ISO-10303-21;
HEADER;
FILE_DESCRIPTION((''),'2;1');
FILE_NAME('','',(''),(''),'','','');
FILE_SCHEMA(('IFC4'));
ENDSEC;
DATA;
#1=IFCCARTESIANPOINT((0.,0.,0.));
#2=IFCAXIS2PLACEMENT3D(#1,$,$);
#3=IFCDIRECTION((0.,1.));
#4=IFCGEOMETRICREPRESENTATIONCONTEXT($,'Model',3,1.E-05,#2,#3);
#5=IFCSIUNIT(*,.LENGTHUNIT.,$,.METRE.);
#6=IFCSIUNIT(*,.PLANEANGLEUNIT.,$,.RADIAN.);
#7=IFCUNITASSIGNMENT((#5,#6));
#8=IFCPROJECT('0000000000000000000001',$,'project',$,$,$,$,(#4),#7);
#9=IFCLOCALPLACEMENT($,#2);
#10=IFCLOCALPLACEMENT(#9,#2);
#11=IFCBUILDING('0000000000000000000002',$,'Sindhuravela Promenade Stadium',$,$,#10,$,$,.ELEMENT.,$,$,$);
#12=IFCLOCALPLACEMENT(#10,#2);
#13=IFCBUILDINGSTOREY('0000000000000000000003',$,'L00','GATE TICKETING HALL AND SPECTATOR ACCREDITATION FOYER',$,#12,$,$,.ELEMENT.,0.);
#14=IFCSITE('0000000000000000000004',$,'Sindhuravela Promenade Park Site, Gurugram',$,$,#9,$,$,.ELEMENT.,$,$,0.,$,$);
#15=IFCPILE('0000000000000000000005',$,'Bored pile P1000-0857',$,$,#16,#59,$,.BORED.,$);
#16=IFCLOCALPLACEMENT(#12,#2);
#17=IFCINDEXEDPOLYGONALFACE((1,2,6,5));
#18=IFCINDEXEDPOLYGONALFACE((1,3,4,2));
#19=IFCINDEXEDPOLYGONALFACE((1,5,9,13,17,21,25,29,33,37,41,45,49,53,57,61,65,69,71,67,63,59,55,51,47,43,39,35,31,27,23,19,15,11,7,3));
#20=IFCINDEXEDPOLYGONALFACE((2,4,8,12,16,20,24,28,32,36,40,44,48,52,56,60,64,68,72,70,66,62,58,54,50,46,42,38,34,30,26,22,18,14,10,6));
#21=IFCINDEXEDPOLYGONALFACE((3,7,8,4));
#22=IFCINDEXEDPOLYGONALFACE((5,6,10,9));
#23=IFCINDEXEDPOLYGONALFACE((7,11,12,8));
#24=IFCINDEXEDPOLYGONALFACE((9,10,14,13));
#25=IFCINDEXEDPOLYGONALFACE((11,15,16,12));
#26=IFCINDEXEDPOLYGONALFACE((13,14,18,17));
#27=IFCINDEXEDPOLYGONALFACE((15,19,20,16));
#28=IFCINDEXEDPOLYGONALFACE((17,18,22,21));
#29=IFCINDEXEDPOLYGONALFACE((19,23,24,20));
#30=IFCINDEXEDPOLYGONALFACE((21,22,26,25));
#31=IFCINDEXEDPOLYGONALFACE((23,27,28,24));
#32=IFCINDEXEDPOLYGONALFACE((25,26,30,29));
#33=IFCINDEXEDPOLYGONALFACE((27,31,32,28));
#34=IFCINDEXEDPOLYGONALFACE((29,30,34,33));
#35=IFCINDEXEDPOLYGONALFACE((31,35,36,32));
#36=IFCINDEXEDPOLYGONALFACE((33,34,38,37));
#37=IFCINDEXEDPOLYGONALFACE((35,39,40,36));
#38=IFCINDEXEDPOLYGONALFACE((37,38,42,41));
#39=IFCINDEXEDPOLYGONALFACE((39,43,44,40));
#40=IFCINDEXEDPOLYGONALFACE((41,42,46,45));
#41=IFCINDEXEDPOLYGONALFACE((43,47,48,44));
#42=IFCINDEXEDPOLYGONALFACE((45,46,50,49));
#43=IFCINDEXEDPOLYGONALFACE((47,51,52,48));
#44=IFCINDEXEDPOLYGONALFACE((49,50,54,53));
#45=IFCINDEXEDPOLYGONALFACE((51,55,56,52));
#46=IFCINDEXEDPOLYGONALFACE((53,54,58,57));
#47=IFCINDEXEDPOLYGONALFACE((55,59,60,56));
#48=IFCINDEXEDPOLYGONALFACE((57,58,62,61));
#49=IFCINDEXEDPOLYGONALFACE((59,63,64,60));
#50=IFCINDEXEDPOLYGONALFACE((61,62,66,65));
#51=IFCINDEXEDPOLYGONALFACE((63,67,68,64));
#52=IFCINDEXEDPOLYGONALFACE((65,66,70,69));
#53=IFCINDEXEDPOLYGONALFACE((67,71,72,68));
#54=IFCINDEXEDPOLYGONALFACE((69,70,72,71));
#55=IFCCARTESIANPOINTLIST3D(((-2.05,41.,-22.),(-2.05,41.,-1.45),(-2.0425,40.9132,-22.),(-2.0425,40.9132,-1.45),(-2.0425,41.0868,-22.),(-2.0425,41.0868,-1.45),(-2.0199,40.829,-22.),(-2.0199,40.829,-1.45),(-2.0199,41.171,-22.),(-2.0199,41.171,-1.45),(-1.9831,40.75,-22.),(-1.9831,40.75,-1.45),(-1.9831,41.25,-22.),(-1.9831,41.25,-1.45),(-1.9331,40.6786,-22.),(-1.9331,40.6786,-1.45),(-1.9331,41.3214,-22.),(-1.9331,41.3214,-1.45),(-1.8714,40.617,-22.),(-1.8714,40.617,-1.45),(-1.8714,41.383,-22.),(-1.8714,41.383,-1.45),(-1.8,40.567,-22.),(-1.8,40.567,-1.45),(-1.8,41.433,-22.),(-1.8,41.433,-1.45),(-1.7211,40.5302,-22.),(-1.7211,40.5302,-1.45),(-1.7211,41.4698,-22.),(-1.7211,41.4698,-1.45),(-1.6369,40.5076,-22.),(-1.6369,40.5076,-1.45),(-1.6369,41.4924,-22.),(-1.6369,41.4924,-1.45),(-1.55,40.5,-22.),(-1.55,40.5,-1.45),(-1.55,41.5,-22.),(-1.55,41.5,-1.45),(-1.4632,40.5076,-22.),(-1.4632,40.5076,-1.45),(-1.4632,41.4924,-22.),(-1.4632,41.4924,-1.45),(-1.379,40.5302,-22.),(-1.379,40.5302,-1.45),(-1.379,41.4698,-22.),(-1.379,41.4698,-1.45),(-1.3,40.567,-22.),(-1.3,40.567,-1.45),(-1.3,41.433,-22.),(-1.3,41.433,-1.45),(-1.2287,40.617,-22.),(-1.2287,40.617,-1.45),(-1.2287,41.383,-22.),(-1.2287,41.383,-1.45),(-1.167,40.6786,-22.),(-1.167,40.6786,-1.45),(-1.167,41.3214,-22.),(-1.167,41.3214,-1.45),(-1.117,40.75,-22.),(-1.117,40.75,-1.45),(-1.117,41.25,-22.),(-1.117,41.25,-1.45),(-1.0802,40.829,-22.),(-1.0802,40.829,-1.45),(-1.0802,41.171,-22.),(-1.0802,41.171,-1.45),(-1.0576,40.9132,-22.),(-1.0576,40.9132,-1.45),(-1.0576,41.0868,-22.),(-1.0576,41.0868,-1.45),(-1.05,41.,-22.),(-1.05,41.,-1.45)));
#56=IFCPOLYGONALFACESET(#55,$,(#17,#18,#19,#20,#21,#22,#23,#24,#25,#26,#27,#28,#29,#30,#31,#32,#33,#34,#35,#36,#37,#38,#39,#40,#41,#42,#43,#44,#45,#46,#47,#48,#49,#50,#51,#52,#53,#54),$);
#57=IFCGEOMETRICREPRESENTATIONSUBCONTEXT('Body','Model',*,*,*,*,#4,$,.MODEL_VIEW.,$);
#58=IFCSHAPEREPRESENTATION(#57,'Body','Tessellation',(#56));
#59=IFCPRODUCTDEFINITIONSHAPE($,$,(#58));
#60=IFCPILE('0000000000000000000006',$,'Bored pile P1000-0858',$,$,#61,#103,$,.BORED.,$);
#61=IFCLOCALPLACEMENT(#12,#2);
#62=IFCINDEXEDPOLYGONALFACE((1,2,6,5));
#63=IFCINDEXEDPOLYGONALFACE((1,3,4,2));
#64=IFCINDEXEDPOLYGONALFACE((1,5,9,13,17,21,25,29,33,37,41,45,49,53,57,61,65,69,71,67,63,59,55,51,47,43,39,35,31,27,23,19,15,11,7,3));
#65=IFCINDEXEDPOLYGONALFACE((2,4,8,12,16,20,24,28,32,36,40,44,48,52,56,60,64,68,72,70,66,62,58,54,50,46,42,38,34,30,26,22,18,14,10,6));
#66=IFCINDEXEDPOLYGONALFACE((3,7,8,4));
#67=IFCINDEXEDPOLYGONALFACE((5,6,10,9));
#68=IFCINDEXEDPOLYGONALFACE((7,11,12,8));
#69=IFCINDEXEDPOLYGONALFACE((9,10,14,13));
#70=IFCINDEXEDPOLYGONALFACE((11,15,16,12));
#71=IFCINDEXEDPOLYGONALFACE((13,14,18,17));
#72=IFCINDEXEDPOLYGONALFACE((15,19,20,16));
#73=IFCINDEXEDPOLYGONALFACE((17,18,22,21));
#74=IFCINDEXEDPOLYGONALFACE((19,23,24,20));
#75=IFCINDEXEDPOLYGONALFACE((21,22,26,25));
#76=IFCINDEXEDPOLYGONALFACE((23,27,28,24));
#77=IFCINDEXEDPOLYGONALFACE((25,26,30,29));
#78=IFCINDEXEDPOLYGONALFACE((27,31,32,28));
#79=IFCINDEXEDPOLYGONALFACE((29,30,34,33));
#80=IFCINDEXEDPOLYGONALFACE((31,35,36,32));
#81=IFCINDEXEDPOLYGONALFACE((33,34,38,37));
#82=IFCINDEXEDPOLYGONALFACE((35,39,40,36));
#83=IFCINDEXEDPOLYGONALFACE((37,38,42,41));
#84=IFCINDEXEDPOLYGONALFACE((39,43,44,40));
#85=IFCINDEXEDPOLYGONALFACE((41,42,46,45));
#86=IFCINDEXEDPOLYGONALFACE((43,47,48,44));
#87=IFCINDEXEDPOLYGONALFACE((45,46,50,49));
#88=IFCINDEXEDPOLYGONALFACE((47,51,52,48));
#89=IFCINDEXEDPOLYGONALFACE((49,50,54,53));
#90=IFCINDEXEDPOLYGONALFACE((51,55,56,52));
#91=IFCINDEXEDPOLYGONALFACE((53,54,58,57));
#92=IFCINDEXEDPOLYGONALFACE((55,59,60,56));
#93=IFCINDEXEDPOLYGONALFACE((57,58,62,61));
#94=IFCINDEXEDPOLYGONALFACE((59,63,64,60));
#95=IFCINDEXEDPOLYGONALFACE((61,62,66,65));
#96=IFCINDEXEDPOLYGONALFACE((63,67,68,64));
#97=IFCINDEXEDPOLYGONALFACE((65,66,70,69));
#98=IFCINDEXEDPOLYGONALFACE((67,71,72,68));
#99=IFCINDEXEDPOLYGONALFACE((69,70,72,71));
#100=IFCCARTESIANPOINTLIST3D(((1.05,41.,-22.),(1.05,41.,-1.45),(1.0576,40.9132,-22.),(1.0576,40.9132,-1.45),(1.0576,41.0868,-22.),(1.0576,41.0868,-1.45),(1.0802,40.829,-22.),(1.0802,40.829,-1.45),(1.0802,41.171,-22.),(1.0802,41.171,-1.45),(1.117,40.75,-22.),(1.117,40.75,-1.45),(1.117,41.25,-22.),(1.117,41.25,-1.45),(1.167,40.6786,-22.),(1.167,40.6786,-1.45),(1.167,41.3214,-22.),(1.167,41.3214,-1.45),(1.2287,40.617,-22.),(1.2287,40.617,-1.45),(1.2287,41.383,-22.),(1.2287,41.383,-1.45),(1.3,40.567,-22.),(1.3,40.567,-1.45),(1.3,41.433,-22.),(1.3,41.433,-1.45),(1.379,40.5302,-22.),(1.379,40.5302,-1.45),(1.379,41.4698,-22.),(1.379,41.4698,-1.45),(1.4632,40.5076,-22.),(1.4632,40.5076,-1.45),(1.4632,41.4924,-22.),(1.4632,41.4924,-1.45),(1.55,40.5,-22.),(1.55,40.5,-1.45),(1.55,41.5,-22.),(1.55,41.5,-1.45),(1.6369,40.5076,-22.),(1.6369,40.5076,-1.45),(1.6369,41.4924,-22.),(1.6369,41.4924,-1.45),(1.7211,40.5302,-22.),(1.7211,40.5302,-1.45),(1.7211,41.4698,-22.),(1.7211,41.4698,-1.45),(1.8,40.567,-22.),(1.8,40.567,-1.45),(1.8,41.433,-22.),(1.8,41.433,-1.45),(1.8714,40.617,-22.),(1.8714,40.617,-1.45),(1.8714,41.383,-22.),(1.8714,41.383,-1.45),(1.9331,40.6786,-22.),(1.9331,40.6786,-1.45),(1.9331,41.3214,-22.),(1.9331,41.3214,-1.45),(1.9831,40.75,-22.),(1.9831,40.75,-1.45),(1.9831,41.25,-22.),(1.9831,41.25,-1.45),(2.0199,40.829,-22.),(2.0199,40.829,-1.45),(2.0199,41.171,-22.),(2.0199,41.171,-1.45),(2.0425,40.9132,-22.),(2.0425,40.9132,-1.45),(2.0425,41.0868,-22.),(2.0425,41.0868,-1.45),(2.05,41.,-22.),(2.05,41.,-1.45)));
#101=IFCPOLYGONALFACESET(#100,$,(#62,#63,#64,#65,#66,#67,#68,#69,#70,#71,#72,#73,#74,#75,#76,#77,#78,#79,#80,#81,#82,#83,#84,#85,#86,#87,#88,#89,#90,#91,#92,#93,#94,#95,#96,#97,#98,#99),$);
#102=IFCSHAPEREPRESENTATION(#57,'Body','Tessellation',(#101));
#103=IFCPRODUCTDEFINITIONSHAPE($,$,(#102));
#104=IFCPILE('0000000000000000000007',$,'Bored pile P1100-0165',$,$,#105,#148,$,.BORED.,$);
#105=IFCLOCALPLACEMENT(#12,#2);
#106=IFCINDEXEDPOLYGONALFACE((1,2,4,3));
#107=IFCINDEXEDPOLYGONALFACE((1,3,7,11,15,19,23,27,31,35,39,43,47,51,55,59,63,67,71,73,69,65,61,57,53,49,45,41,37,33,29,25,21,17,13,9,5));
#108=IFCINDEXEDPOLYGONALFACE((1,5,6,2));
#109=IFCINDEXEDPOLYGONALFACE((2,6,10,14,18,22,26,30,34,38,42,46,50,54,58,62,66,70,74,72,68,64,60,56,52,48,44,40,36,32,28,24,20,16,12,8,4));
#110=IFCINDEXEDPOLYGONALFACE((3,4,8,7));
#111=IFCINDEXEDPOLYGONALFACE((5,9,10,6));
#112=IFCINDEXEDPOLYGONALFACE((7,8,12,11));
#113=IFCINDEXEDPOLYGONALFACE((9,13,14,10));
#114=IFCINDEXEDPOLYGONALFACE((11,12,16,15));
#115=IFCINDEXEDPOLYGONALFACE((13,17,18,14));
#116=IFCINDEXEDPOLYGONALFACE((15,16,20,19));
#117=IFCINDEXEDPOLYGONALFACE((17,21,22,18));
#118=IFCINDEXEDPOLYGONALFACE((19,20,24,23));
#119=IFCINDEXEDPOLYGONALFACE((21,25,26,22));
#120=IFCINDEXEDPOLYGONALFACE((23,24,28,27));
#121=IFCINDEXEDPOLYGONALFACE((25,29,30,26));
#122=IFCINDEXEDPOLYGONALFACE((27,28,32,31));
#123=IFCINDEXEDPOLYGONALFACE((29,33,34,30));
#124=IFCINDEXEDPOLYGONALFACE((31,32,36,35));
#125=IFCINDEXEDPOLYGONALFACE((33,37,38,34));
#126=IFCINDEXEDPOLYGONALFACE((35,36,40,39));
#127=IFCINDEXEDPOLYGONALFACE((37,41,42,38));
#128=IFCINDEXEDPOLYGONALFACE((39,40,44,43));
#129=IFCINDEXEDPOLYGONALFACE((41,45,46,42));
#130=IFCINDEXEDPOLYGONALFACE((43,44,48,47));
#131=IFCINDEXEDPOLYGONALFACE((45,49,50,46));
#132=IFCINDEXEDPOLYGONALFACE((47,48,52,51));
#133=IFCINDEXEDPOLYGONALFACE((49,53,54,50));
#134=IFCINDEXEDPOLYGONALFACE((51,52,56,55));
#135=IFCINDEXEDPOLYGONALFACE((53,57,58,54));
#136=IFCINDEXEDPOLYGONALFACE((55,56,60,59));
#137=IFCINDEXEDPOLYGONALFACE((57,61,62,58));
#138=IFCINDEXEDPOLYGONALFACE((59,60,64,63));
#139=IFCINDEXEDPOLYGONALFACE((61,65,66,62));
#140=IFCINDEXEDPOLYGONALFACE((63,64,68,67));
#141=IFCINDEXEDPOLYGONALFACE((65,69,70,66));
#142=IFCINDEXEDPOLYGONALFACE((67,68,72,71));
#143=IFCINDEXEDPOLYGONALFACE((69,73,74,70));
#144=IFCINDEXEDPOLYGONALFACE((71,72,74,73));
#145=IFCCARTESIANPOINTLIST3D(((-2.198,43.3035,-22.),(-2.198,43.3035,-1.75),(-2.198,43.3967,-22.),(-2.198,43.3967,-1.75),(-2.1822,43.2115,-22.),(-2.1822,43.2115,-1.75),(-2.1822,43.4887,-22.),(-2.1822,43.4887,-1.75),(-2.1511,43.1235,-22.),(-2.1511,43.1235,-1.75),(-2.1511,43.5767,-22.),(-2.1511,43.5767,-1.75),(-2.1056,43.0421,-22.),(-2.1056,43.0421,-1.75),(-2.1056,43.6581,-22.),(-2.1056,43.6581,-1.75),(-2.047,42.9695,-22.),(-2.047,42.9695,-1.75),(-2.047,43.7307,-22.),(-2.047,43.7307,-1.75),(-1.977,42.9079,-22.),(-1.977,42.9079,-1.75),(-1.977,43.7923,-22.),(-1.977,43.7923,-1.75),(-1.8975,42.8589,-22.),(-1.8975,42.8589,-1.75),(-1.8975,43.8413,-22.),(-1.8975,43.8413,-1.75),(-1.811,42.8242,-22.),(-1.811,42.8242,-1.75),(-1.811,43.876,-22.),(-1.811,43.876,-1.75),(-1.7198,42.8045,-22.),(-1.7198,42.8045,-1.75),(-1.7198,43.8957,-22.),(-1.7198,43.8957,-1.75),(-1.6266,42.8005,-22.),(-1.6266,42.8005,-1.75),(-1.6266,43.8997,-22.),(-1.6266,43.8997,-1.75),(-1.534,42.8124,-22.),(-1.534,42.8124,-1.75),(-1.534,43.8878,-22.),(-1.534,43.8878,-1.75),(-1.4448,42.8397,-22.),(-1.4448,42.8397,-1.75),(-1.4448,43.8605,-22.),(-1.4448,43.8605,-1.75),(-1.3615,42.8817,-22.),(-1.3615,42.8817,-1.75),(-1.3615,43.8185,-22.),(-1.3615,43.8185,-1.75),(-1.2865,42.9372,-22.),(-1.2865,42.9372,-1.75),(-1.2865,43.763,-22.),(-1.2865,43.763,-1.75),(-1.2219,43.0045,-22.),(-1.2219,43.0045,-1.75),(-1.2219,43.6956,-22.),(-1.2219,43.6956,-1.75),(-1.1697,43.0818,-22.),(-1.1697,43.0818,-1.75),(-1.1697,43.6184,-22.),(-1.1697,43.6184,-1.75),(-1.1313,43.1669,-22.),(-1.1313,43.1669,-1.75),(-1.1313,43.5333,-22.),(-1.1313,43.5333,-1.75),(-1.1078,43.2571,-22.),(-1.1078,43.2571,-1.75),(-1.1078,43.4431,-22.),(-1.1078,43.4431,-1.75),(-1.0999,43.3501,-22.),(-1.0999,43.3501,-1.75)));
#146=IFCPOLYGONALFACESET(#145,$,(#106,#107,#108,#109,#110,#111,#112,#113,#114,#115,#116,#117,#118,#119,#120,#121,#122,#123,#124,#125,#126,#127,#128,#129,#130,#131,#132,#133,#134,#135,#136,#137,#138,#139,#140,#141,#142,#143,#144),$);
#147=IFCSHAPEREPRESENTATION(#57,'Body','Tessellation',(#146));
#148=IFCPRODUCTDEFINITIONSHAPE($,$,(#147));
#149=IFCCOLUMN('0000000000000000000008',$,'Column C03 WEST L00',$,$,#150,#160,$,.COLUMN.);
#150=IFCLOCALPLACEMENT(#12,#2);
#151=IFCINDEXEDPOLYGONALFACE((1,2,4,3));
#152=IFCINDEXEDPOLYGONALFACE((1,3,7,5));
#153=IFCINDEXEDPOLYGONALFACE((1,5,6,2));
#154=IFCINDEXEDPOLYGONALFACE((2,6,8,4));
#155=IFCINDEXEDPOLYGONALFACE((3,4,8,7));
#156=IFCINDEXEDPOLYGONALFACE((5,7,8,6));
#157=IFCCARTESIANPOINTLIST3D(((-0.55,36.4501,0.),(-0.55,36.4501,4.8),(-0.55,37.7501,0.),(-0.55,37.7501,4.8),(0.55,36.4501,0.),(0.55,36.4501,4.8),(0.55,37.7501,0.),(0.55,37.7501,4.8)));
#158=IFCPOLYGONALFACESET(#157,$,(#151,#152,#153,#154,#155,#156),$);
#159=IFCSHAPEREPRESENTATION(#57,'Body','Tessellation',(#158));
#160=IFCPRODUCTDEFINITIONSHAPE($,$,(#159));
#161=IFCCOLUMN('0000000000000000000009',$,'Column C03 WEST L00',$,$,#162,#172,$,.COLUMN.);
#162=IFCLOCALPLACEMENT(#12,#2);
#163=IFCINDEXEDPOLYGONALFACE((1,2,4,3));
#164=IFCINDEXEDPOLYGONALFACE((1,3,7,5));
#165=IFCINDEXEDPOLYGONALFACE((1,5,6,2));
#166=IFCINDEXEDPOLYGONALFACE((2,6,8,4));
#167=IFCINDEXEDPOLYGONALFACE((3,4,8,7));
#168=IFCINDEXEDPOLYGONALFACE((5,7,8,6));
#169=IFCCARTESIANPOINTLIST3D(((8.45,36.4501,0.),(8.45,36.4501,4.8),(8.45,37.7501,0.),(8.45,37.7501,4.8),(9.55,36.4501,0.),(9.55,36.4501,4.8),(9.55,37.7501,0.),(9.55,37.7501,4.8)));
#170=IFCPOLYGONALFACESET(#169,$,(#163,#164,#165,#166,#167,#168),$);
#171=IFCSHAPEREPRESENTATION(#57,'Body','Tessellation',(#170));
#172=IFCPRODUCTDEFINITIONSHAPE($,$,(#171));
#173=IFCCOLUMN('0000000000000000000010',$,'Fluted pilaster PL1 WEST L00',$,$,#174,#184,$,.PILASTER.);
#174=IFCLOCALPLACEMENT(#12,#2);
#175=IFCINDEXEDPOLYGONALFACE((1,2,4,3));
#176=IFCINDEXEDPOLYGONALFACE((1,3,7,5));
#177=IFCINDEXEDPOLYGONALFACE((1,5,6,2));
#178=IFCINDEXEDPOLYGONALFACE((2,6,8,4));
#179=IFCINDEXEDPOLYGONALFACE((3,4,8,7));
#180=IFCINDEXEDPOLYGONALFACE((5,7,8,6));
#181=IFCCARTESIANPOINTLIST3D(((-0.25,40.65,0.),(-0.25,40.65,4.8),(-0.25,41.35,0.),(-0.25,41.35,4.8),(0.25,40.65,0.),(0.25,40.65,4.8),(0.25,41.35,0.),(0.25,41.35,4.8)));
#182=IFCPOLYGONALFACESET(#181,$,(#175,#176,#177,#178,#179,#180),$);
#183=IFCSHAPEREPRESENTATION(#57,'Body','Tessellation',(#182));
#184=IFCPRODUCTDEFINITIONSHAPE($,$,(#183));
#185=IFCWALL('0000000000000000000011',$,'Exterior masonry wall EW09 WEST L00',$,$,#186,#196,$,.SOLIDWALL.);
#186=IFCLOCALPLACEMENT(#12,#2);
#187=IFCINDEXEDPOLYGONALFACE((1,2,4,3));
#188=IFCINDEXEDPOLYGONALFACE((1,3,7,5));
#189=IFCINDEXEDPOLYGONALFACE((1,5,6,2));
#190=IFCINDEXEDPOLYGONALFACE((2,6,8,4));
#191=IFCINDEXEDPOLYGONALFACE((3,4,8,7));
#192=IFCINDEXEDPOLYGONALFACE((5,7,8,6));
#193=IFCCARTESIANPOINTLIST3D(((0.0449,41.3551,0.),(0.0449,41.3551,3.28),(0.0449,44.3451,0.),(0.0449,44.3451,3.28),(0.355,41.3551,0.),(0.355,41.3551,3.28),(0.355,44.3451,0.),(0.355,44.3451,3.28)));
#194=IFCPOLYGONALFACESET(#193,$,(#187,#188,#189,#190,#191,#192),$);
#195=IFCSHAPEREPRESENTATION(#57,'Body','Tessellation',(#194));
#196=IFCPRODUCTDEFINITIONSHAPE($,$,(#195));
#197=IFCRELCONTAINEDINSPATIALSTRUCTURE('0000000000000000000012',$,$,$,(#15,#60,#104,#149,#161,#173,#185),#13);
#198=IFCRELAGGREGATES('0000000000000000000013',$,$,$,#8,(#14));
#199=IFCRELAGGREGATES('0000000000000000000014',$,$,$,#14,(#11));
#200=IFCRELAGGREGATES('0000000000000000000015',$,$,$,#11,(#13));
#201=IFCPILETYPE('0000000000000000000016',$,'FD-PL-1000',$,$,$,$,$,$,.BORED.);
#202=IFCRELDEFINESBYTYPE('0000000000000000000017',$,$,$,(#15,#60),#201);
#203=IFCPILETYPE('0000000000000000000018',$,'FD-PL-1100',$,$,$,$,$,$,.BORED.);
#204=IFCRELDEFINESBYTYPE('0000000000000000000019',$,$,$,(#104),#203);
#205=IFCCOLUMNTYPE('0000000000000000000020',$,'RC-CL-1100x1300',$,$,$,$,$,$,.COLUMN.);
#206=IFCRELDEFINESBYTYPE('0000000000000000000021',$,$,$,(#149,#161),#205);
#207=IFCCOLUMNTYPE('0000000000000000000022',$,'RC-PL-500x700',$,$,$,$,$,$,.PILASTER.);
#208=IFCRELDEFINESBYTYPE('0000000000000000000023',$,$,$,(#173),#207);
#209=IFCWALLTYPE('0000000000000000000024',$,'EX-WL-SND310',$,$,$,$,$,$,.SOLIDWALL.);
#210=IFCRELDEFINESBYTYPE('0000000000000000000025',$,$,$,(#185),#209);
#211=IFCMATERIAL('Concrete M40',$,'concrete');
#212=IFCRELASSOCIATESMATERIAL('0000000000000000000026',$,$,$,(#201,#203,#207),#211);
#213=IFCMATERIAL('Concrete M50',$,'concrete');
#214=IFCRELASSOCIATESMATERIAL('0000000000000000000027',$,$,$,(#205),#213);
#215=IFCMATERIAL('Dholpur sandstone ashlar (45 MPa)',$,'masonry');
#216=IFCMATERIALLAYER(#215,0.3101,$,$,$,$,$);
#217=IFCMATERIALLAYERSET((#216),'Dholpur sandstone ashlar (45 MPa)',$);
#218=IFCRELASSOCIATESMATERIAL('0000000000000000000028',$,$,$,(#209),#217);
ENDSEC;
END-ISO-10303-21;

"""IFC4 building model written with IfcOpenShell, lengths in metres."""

from ifc_helpers import new_model, si_unit, direction, frame, frame_2d, origin, origin_2d, place, context, subcontext, project, spatial, rectangle, circle, extrude, material, layer, layer_set, material_profile, profile_set, type_object, element, save


model = new_model("IFC4")

# Units and contexts
model_context = context("Model", 3, precision=1e-05, world=origin(), true_north=direction((0.0, 1.0)))
body_context = subcontext(model_context, "Body", "Model", "MODEL_VIEW")
ifc_project = project(units=[si_unit("LENGTHUNIT", "METRE"), si_unit("PLANEANGLEUNIT", "RADIAN")], contexts=[model_context])

# Site, building, storey
site_placement = place(None, origin())
site = spatial("IfcSite", under=ifc_project, at=site_placement, Name="Sindhuravela Promenade Park Site, Gurugram", CompositionType="ELEMENT", RefElevation=0.0)
building_placement = place(site_placement, origin())
building = spatial("IfcBuilding", under=site, at=building_placement, Name="Sindhuravela Promenade Stadium", CompositionType="ELEMENT")
storey_placement = place(building_placement, origin())
storey = spatial("IfcBuildingStorey", under=building, at=storey_placement, Name="L00", Description="GATE TICKETING HALL AND SPECTATOR ACCREDITATION FOYER", CompositionType="ELEMENT", Elevation=0.0)

# Shared definitions
ifc_material_1 = material(Name="Concrete M50", Category="concrete")

# Piles
ifc_material_2 = material(Name="Concrete M40", Category="concrete")
ifc_material_profile_1 = material_profile(ifc_material_2, circle(Radius=0.5, at=origin_2d()), Name="BORED PILE D1000")
ifc_profile_set_1 = profile_set([ifc_material_profile_1], Name="Concrete M40")
pile_type_1 = type_object("IfcPileType", Name="FD-PL-1000", PredefinedType="BORED", material=ifc_profile_set_1)
for number, where, z_axis, x_axis, name in (
    (1, (-1.55, 41.0, -1.45), (0.0, 0.0, -1.0), (1.0, 0.0, 0.0), "Bored pile P1000-0857"),
    (2, (1.55, 41.0, -1.45), (0.0, 0.0, -1.0), (1.0, 0.0, 0.0), "Bored pile P1000-0858"),
):
    element("IfcPile", number, at=place(storey_placement, frame(where, z_axis=z_axis, x_axis=x_axis)), inside=storey, type_object=pile_type_1, Name=name, PredefinedType="BORED", context=body_context, shape_type="SweptSolid", body=[
        extrude(circle(Radius=0.5, at=origin_2d()), origin(), (0.0, 0.0, 1.0), 20.55),
    ])
ifc_material_profile_2 = material_profile(ifc_material_2, circle(Radius=0.55, at=origin_2d()), Name="BORED PILE D1100")
ifc_profile_set_2 = profile_set([ifc_material_profile_2], Name="Concrete M40")
pile_type_2 = type_object("IfcPileType", Name="FD-PL-1100", PredefinedType="BORED", material=ifc_profile_set_2)
pile_placement = place(storey_placement, frame((-1.6499, 43.3501, -1.75), z_axis=(0.0, 0.0, -1.0), x_axis=(1.0, 0.0, 0.0)))
element("IfcPile", 3, at=pile_placement, inside=storey, type_object=pile_type_2, Name="Bored pile P1100-0165", PredefinedType="BORED", context=body_context, shape_type="SweptSolid", body=[
    extrude(circle(Radius=0.55, at=origin_2d()), origin(), (0.0, 0.0, 1.0), 20.25),
])

# Columns
ifc_material_profile_3 = material_profile(ifc_material_1, rectangle(XDim=1.1001, YDim=1.3, at=origin_2d()), Name="RC 1100x1300")
ifc_profile_set_3 = profile_set([ifc_material_profile_3], Name="Concrete M50")
column_type_1 = type_object("IfcColumnType", Name="RC-CL-1100x1300", PredefinedType="COLUMN", material=ifc_profile_set_3)
for number, where, z_axis, x_axis, name in (
    (4, (0.0, 37.1001, 0.0), (0.0, 0.0, 1.0), (1.0, 0.0, 0.0), "Column C03 WEST L00"),
    (5, (9.0, 37.1001, 0.0), (0.0, 0.0, 1.0), (1.0, 0.0, 0.0), "Column C03 WEST L00"),
):
    element("IfcColumn", number, at=place(storey_placement, frame(where, z_axis=z_axis, x_axis=x_axis)), inside=storey, type_object=column_type_1, Name=name, PredefinedType="COLUMN", context=body_context, shape_type="SweptSolid", body=[
        extrude(rectangle(XDim=1.1001, YDim=1.3, at=origin_2d()), origin(), (0.0, 0.0, 1.0), 4.8),
    ])
ifc_material_profile_4 = material_profile(ifc_material_2, rectangle(XDim=0.5, YDim=0.7, at=origin_2d()), Name="PIL 500x700")
ifc_profile_set_4 = profile_set([ifc_material_profile_4], Name="Concrete M40")
column_type_2 = type_object("IfcColumnType", Name="RC-PL-500x700", PredefinedType="PILASTER", material=ifc_profile_set_4)
column_placement = place(storey_placement, frame((0.0, 41.0, 0.0), z_axis=(0.0, 0.0, 1.0), x_axis=(1.0, 0.0, 0.0)))
element("IfcColumn", 6, at=column_placement, inside=storey, type_object=column_type_2, Name="Fluted pilaster PL1 WEST L00", PredefinedType="PILASTER", context=body_context, shape_type="SweptSolid", body=[
    extrude(rectangle(XDim=0.5, YDim=0.7, at=origin_2d()), origin(), (0.0, 0.0, 1.0), 4.8),
])

# Wall
ifc_material_3 = material(Name="Dholpur sandstone ashlar (45 MPa)", Category="masonry")
ifc_layer_1 = layer(ifc_material_3, 0.3101)
ifc_layer_set_1 = layer_set([ifc_layer_1], Name="Dholpur sandstone ashlar (45 MPa)")
wall_type_1 = type_object("IfcWallType", Name="EX-WL-SND310", PredefinedType="SOLIDWALL", material=ifc_layer_set_1)
wall_1_placement = place(storey_placement, frame((0.2, 41.355, 0.0), z_axis=(0.0, 0.0, 1.0), x_axis=(0.0, 1.0, 0.0)))
element("IfcWall", 7, at=wall_1_placement, inside=storey, type_object=wall_type_1, Name="Exterior masonry wall EW09 WEST L00", PredefinedType="SOLIDWALL", context=body_context, shape_type="SweptSolid", body=[
    extrude(rectangle(XDim=2.99, YDim=0.3101, at=frame_2d((1.4951, 0.0))), origin(), (0.0, 0.0, 1.0), 3.28),
])

save(model, "model.ifc")
